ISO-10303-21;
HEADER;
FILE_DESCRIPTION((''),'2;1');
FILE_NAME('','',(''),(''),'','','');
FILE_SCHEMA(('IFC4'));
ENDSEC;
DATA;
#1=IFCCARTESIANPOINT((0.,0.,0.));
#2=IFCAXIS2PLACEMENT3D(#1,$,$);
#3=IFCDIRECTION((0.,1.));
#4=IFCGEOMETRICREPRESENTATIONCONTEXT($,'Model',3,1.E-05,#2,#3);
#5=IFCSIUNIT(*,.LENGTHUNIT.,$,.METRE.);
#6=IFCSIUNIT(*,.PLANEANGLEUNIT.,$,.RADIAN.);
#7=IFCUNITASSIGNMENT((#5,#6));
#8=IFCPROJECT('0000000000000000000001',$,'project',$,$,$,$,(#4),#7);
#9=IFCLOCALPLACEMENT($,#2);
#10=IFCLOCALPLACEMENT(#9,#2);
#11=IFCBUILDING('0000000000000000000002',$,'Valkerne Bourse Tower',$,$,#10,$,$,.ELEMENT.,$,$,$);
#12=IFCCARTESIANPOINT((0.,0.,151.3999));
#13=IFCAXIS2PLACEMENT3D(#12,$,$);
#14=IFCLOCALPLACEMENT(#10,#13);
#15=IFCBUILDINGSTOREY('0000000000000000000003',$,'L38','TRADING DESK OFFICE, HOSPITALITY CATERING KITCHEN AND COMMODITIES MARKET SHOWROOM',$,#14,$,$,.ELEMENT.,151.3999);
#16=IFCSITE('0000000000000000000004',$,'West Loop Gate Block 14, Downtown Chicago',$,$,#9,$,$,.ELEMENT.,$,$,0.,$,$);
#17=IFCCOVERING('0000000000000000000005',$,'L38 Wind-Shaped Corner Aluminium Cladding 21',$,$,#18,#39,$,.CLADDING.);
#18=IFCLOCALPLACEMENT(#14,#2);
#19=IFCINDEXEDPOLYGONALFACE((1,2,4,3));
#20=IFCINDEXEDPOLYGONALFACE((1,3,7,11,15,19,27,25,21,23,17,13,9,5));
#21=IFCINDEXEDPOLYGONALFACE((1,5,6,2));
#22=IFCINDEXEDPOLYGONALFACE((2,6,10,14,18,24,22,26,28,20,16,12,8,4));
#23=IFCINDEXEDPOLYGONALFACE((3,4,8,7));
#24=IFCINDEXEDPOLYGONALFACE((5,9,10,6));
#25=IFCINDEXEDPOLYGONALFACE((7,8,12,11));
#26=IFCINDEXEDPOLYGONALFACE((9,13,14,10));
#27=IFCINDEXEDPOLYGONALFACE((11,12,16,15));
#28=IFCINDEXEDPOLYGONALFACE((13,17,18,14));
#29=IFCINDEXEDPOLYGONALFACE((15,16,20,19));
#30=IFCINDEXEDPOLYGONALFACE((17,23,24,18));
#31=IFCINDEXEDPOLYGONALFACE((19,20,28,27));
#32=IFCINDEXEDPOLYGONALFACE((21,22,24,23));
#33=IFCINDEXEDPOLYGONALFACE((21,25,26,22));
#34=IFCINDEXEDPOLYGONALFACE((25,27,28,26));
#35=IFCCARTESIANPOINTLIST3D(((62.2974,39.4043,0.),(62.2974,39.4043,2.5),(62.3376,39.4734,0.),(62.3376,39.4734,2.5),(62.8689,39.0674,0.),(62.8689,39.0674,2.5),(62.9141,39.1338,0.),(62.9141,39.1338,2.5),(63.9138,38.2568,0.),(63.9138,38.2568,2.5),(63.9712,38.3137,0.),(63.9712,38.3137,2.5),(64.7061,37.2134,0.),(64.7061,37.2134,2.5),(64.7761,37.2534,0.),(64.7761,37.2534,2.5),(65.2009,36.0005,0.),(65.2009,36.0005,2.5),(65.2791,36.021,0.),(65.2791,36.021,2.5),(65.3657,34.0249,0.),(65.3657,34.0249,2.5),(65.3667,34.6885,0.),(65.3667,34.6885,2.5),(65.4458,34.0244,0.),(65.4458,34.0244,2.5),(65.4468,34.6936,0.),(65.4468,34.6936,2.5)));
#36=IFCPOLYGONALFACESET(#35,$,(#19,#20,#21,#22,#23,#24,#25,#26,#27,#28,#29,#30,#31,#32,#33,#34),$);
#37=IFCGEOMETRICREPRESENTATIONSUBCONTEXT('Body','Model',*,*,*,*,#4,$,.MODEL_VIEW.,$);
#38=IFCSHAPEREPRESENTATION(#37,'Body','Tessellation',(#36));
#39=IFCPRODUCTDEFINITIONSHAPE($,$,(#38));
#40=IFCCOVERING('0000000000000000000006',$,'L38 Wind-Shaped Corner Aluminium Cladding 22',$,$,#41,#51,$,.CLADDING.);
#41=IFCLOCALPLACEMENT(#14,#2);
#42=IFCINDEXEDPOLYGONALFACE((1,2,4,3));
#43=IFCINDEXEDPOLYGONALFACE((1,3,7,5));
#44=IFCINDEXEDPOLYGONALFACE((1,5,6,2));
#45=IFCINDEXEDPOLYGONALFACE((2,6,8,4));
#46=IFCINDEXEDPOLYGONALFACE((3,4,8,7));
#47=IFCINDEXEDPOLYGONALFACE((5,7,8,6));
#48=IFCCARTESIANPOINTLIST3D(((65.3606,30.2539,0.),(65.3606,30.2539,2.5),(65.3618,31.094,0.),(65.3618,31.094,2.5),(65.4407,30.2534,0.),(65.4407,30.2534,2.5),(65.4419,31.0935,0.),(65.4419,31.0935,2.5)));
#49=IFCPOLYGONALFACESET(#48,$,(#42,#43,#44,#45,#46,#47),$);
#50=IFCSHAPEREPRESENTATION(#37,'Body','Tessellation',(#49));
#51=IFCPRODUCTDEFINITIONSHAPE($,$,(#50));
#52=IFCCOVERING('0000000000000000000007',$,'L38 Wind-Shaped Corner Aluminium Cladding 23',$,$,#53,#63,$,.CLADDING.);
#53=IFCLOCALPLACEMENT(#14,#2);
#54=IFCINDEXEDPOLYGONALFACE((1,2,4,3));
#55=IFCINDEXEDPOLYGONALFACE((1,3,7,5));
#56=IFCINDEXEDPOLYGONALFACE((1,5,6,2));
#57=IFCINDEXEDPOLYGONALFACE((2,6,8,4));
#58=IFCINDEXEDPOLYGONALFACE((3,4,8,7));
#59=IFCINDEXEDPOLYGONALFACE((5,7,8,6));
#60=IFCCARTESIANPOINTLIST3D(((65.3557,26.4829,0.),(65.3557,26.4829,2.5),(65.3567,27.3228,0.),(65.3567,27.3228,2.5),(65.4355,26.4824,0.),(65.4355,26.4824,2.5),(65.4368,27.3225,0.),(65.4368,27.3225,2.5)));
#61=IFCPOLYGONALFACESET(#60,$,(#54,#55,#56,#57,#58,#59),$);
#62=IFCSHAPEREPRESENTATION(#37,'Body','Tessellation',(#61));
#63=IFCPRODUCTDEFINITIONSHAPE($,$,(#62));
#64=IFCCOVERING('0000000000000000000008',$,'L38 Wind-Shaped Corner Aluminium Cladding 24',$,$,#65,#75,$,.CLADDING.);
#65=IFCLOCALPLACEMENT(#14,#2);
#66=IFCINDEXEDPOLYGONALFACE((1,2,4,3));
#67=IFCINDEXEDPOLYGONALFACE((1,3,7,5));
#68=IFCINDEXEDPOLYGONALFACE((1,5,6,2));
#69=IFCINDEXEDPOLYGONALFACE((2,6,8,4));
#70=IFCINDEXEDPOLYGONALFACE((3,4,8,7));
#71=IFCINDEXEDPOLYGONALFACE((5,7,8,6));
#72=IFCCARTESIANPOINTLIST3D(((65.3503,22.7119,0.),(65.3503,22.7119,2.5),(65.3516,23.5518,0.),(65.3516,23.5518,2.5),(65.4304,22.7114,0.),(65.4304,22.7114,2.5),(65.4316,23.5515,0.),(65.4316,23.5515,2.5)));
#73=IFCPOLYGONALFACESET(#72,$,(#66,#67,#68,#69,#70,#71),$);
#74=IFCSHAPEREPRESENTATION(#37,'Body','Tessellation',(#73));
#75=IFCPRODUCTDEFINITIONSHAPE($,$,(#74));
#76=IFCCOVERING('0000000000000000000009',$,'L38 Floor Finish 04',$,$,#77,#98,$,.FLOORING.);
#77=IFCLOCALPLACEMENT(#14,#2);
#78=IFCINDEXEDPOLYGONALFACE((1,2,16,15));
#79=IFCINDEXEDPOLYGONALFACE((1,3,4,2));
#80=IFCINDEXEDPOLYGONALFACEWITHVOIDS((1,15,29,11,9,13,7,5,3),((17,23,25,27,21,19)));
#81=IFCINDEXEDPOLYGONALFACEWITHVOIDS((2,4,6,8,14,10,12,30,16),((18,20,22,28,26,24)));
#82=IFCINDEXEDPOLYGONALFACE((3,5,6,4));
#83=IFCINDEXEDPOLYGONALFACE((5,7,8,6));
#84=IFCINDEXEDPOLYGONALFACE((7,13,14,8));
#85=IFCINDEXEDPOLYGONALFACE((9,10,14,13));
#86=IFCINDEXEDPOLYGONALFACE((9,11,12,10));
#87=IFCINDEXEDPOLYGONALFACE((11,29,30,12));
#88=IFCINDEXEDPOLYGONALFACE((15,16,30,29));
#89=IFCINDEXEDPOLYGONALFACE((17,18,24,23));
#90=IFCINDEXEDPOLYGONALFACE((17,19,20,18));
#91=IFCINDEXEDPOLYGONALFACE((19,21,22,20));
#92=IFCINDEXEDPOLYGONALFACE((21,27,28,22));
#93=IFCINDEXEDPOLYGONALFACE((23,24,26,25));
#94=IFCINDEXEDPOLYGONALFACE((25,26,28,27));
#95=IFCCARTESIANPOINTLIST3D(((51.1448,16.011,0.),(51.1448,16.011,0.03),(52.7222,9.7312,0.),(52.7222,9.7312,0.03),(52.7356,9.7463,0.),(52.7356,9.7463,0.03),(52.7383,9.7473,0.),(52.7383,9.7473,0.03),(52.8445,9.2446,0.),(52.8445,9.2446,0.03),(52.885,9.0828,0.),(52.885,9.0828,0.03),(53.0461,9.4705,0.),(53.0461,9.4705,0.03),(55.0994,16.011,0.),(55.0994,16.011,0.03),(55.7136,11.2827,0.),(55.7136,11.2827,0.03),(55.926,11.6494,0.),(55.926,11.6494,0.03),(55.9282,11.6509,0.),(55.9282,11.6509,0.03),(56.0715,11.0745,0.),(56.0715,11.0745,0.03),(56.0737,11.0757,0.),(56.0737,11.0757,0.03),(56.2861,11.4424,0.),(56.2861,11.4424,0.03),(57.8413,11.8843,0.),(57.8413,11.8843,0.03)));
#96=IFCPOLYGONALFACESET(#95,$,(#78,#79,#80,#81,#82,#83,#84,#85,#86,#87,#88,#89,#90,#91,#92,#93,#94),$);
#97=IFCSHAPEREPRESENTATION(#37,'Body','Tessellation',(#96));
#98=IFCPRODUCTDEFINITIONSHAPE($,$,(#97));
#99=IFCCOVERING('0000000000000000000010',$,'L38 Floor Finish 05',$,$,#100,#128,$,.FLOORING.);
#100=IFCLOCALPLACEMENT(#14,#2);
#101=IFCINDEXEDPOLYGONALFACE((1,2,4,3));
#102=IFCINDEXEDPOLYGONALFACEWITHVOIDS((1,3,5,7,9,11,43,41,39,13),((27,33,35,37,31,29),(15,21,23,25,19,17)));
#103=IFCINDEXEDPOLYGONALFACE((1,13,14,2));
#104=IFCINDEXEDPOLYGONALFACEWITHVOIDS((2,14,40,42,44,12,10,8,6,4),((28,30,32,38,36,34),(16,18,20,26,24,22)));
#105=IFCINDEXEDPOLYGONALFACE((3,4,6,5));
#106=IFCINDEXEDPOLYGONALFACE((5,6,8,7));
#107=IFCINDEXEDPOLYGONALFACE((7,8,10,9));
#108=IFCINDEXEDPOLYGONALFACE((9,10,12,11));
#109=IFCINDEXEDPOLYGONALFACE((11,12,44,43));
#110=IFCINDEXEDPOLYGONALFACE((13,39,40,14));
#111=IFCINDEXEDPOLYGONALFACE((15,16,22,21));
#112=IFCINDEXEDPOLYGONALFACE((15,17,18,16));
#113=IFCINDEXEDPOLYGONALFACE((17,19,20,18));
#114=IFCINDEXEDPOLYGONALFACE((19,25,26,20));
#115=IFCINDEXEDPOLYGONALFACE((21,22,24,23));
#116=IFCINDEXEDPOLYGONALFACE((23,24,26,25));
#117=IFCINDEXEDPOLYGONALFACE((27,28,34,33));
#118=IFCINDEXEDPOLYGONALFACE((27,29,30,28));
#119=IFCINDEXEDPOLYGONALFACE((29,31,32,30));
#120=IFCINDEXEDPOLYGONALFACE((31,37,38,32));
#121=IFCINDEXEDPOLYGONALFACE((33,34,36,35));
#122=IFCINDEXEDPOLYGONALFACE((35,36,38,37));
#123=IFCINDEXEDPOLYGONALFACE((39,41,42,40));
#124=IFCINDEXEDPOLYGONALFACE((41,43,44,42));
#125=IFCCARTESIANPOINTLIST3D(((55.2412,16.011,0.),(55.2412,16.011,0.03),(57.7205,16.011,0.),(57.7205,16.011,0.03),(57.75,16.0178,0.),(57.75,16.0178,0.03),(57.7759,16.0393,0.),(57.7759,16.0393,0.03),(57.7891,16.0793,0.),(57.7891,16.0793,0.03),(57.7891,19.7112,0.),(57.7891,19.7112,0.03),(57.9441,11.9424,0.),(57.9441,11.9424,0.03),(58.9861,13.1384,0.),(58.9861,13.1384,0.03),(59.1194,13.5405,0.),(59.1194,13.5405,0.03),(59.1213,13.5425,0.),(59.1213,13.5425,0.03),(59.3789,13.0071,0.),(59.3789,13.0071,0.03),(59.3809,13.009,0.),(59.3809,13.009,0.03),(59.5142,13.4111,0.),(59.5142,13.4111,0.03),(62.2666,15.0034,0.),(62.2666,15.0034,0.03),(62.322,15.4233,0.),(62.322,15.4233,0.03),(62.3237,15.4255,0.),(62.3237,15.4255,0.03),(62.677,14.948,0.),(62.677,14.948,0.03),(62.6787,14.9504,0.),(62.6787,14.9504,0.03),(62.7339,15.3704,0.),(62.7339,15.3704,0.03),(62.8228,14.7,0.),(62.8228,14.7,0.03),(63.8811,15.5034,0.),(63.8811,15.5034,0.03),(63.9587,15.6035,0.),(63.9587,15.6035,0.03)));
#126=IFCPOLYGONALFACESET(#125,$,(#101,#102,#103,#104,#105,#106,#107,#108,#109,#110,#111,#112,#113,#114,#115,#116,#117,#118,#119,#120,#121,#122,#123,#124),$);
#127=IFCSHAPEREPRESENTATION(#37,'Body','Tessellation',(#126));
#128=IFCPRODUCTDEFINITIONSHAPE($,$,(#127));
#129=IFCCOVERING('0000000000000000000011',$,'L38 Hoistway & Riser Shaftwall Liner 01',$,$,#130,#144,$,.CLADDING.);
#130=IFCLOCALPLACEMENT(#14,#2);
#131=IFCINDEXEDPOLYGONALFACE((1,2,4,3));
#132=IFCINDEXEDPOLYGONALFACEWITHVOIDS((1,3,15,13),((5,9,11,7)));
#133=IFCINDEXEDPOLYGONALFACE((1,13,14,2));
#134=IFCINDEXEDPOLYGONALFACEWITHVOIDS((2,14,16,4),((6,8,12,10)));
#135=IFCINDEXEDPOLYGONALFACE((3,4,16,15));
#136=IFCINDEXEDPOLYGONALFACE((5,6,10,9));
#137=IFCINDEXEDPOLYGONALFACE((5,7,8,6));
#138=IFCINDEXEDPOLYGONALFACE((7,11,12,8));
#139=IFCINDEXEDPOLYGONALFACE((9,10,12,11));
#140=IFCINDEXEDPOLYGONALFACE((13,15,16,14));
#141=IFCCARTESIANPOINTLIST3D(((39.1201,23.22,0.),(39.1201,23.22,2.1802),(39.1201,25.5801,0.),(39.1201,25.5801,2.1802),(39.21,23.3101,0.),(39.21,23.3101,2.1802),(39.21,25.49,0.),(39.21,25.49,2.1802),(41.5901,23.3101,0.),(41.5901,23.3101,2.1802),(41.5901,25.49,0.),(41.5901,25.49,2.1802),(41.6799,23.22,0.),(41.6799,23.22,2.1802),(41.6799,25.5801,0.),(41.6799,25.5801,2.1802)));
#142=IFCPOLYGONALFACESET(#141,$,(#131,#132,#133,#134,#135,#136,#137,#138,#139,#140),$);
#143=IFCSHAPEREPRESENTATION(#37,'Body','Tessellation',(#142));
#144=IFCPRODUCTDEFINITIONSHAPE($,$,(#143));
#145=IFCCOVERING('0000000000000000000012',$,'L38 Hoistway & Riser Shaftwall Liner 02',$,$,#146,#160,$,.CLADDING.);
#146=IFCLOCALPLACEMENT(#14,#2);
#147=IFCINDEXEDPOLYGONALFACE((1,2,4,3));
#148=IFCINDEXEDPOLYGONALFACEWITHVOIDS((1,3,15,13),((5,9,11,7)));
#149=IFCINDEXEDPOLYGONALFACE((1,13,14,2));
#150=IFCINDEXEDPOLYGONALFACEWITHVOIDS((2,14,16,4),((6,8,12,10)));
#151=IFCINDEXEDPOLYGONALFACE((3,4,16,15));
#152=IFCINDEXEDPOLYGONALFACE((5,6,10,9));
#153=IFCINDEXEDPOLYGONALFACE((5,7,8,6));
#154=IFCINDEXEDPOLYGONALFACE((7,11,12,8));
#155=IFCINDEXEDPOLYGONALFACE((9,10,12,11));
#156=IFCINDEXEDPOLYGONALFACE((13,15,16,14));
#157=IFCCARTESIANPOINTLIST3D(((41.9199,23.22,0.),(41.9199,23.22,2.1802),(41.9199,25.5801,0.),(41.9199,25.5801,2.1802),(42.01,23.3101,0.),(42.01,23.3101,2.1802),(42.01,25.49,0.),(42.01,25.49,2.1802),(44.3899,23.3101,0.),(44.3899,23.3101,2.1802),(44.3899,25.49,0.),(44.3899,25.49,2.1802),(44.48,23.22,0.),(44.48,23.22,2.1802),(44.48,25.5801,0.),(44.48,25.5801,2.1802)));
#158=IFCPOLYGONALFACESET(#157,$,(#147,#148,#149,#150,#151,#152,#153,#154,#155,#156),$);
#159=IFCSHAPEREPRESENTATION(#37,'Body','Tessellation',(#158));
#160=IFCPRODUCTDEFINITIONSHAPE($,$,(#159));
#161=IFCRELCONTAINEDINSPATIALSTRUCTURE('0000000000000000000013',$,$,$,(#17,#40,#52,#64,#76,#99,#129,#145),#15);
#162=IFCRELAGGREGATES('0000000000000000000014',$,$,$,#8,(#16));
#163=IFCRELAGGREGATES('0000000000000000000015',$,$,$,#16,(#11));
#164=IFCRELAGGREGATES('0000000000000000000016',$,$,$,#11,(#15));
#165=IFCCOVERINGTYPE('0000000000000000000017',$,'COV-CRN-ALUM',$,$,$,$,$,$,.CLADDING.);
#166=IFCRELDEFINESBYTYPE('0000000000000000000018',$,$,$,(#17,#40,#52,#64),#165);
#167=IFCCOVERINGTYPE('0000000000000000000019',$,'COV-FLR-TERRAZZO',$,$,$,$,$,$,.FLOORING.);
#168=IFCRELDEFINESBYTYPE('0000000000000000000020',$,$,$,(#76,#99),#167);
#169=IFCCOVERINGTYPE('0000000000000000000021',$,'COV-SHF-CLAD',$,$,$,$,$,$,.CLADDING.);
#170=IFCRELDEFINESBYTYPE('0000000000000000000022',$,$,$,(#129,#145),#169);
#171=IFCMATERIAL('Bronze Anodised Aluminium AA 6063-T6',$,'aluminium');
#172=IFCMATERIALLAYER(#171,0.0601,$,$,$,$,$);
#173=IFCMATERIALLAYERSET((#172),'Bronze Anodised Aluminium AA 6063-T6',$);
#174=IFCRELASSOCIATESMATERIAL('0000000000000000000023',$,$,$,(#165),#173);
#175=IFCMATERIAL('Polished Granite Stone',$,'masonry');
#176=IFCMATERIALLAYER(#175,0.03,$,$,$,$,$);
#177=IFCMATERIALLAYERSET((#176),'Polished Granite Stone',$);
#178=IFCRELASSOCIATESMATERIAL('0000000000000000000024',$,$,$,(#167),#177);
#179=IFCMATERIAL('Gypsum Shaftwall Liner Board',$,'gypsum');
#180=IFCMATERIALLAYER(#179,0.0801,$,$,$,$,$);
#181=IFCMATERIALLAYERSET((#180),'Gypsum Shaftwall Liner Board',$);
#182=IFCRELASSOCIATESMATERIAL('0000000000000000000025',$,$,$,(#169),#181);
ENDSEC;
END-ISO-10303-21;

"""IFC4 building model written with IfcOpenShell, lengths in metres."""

from ifc_helpers import new_model, si_unit, direction, frame, origin, place, context, subcontext, project, spatial, polyline, outline, extrude, material, layer, layer_set, type_object, element, save


model = new_model("IFC4")

# Units and contexts
model_context = context("Model", 3, precision=1e-05, world=origin(), true_north=direction((0.0, 1.0)))
body_context = subcontext(model_context, "Body", "Model", "MODEL_VIEW")
ifc_project = project(units=[si_unit("LENGTHUNIT", "METRE"), si_unit("PLANEANGLEUNIT", "RADIAN")], contexts=[model_context])

# Site, building, storey
site_placement = place(None, origin())
site = spatial("IfcSite", under=ifc_project, at=site_placement, Name="West Loop Gate Block 14, Downtown Chicago", CompositionType="ELEMENT", RefElevation=0.0)
building_placement = place(site_placement, origin())
building = spatial("IfcBuilding", under=site, at=building_placement, Name="Valkerne Bourse Tower", CompositionType="ELEMENT")
storey_placement = place(building_placement, frame((0.0, 0.0, 151.3999)))
storey = spatial("IfcBuildingStorey", under=building, at=storey_placement, Name="L38", Description="TRADING DESK OFFICE, HOSPITALITY CATERING KITCHEN AND COMMODITIES MARKET SHOWROOM", CompositionType="ELEMENT", Elevation=151.3999)

# Coverings
ifc_material_1 = material(Name="Bronze Anodised Aluminium AA 6063-T6", Category="aluminium")
ifc_layer_1 = layer(ifc_material_1, 0.0601)
ifc_layer_set_1 = layer_set([ifc_layer_1], Name="Bronze Anodised Aluminium AA 6063-T6")
covering_type_1 = type_object("IfcCoveringType", Name="COV-CRN-ALUM", PredefinedType="CLADDING", material=ifc_layer_set_1)
covering_1_placement = place(storey_placement, origin())
element("IfcCovering", 1, at=covering_1_placement, inside=storey, type_object=covering_type_1, Name="L38 Wind-Shaped Corner Aluminium Cladding 21", PredefinedType="CLADDING", context=body_context, shape_type="SweptSolid", body=[
    extrude(outline(polyline([(62.9141, 39.1338), (63.9712, 38.3137), (64.7761, 37.2534), (65.2791, 36.021), (65.4468, 34.6936), (65.4458, 34.0244), (65.3657, 34.0249), (65.3667, 34.6885), (65.2009, 36.0005), (64.7061, 37.2134), (63.9138, 38.2568), (62.8689, 39.0674), (62.2974, 39.4043), (62.3376, 39.4734), (62.9141, 39.1338)])), origin(), (0.0, 0.0, 1.0), 2.5),
])
covering_2_placement = place(storey_placement, origin())
element("IfcCovering", 2, at=covering_2_placement, inside=storey, type_object=covering_type_1, Name="L38 Wind-Shaped Corner Aluminium Cladding 22", PredefinedType="CLADDING", context=body_context, shape_type="SweptSolid", body=[
    extrude(outline(polyline([(65.4407, 30.2534), (65.3606, 30.2539), (65.3618, 31.094), (65.4419, 31.0935), (65.4407, 30.2534)])), origin(), (0.0, 0.0, 1.0), 2.5),
])
covering_3_placement = place(storey_placement, origin())
element("IfcCovering", 3, at=covering_3_placement, inside=storey, type_object=covering_type_1, Name="L38 Wind-Shaped Corner Aluminium Cladding 23", PredefinedType="CLADDING", context=body_context, shape_type="SweptSolid", body=[
    extrude(outline(polyline([(65.4355, 26.4824), (65.3557, 26.4829), (65.3567, 27.3228), (65.4368, 27.3225), (65.4355, 26.4824)])), origin(), (0.0, 0.0, 1.0), 2.5),
])
covering_4_placement = place(storey_placement, origin())
element("IfcCovering", 4, at=covering_4_placement, inside=storey, type_object=covering_type_1, Name="L38 Wind-Shaped Corner Aluminium Cladding 24", PredefinedType="CLADDING", context=body_context, shape_type="SweptSolid", body=[
    extrude(outline(polyline([(65.4304, 22.7114), (65.3503, 22.7119), (65.3516, 23.5518), (65.4316, 23.5515), (65.4304, 22.7114)])), origin(), (0.0, 0.0, 1.0), 2.5),
])
ifc_material_2 = material(Name="Polished Granite Stone", Category="masonry")
ifc_layer_2 = layer(ifc_material_2, 0.03)
ifc_layer_set_2 = layer_set([ifc_layer_2], Name="Polished Granite Stone")
covering_type_2 = type_object("IfcCoveringType", Name="COV-FLR-TERRAZZO", PredefinedType="FLOORING", material=ifc_layer_set_2)
covering_5_placement = place(storey_placement, origin())
element("IfcCovering", 5, at=covering_5_placement, inside=storey, type_object=covering_type_2, Name="L38 Floor Finish 04", PredefinedType="FLOORING", context=body_context, shape_type="SweptSolid", body=[
    extrude(outline(polyline([(55.0994, 16.011), (57.8413, 11.8843), (52.885, 9.0828), (52.8445, 9.2446), (53.0461, 9.4705), (52.7383, 9.7473), (52.7356, 9.7463), (52.7222, 9.7312), (51.1448, 16.011), (55.0994, 16.011)]), holes=[polyline([(56.0737, 11.0757), (56.2861, 11.4424), (55.9282, 11.6509), (55.926, 11.6494), (55.7136, 11.2827), (56.0715, 11.0745), (56.0737, 11.0757)])]), origin(), (0.0, 0.0, 1.0), 0.03),
])
covering_6_placement = place(storey_placement, origin())
element("IfcCovering", 6, at=covering_6_placement, inside=storey, type_object=covering_type_2, Name="L38 Floor Finish 05", PredefinedType="FLOORING", context=body_context, shape_type="SweptSolid", body=[
    extrude(outline(polyline([(57.9441, 11.9424), (55.2412, 16.011), (57.7205, 16.011), (57.75, 16.0178), (57.7759, 16.0393), (57.7891, 16.0793), (57.7891, 19.7112), (63.9587, 15.6035), (63.8811, 15.5034), (62.8228, 14.7), (57.9441, 11.9424)]), holes=[polyline([(59.3809, 13.009), (59.5142, 13.4111), (59.1213, 13.5425), (59.1194, 13.5405), (58.9861, 13.1384), (59.3789, 13.0071), (59.3809, 13.009)]), polyline([(62.7339, 15.3704), (62.3237, 15.4255), (62.322, 15.4233), (62.2666, 15.0034), (62.677, 14.948), (62.6787, 14.9504), (62.7339, 15.3704)])]), origin(), (0.0, 0.0, 1.0), 0.03),
])
ifc_material_3 = material(Name="Gypsum Shaftwall Liner Board", Category="gypsum")
ifc_layer_3 = layer(ifc_material_3, 0.0801)
ifc_layer_set_3 = layer_set([ifc_layer_3], Name="Gypsum Shaftwall Liner Board")
covering_type_3 = type_object("IfcCoveringType", Name="COV-SHF-CLAD", PredefinedType="CLADDING", material=ifc_layer_set_3)
covering_7_placement = place(storey_placement, origin())
element("IfcCovering", 7, at=covering_7_placement, inside=storey, type_object=covering_type_3, Name="L38 Hoistway & Riser Shaftwall Liner 01", PredefinedType="CLADDING", context=body_context, shape_type="SweptSolid", body=[
    extrude(outline(polyline([(41.6799, 25.5801), (41.6799, 23.22), (39.1201, 23.22), (39.1201, 25.5801), (41.6799, 25.5801)]), holes=[polyline([(41.5901, 25.49), (39.21, 25.49), (39.21, 23.3101), (41.5901, 23.3101), (41.5901, 25.49)])]), origin(), (0.0, 0.0, 1.0), 2.1802),
])
covering_8_placement = place(storey_placement, origin())
element("IfcCovering", 8, at=covering_8_placement, inside=storey, type_object=covering_type_3, Name="L38 Hoistway & Riser Shaftwall Liner 02", PredefinedType="CLADDING", context=body_context, shape_type="SweptSolid", body=[
    extrude(outline(polyline([(44.48, 23.22), (41.9199, 23.22), (41.9199, 25.5801), (44.48, 25.5801), (44.48, 23.22)]), holes=[polyline([(42.01, 25.49), (42.01, 23.3101), (44.3899, 23.3101), (44.3899, 25.49), (42.01, 25.49)])]), origin(), (0.0, 0.0, 1.0), 2.1802),
])

save(model, "model.ifc")
